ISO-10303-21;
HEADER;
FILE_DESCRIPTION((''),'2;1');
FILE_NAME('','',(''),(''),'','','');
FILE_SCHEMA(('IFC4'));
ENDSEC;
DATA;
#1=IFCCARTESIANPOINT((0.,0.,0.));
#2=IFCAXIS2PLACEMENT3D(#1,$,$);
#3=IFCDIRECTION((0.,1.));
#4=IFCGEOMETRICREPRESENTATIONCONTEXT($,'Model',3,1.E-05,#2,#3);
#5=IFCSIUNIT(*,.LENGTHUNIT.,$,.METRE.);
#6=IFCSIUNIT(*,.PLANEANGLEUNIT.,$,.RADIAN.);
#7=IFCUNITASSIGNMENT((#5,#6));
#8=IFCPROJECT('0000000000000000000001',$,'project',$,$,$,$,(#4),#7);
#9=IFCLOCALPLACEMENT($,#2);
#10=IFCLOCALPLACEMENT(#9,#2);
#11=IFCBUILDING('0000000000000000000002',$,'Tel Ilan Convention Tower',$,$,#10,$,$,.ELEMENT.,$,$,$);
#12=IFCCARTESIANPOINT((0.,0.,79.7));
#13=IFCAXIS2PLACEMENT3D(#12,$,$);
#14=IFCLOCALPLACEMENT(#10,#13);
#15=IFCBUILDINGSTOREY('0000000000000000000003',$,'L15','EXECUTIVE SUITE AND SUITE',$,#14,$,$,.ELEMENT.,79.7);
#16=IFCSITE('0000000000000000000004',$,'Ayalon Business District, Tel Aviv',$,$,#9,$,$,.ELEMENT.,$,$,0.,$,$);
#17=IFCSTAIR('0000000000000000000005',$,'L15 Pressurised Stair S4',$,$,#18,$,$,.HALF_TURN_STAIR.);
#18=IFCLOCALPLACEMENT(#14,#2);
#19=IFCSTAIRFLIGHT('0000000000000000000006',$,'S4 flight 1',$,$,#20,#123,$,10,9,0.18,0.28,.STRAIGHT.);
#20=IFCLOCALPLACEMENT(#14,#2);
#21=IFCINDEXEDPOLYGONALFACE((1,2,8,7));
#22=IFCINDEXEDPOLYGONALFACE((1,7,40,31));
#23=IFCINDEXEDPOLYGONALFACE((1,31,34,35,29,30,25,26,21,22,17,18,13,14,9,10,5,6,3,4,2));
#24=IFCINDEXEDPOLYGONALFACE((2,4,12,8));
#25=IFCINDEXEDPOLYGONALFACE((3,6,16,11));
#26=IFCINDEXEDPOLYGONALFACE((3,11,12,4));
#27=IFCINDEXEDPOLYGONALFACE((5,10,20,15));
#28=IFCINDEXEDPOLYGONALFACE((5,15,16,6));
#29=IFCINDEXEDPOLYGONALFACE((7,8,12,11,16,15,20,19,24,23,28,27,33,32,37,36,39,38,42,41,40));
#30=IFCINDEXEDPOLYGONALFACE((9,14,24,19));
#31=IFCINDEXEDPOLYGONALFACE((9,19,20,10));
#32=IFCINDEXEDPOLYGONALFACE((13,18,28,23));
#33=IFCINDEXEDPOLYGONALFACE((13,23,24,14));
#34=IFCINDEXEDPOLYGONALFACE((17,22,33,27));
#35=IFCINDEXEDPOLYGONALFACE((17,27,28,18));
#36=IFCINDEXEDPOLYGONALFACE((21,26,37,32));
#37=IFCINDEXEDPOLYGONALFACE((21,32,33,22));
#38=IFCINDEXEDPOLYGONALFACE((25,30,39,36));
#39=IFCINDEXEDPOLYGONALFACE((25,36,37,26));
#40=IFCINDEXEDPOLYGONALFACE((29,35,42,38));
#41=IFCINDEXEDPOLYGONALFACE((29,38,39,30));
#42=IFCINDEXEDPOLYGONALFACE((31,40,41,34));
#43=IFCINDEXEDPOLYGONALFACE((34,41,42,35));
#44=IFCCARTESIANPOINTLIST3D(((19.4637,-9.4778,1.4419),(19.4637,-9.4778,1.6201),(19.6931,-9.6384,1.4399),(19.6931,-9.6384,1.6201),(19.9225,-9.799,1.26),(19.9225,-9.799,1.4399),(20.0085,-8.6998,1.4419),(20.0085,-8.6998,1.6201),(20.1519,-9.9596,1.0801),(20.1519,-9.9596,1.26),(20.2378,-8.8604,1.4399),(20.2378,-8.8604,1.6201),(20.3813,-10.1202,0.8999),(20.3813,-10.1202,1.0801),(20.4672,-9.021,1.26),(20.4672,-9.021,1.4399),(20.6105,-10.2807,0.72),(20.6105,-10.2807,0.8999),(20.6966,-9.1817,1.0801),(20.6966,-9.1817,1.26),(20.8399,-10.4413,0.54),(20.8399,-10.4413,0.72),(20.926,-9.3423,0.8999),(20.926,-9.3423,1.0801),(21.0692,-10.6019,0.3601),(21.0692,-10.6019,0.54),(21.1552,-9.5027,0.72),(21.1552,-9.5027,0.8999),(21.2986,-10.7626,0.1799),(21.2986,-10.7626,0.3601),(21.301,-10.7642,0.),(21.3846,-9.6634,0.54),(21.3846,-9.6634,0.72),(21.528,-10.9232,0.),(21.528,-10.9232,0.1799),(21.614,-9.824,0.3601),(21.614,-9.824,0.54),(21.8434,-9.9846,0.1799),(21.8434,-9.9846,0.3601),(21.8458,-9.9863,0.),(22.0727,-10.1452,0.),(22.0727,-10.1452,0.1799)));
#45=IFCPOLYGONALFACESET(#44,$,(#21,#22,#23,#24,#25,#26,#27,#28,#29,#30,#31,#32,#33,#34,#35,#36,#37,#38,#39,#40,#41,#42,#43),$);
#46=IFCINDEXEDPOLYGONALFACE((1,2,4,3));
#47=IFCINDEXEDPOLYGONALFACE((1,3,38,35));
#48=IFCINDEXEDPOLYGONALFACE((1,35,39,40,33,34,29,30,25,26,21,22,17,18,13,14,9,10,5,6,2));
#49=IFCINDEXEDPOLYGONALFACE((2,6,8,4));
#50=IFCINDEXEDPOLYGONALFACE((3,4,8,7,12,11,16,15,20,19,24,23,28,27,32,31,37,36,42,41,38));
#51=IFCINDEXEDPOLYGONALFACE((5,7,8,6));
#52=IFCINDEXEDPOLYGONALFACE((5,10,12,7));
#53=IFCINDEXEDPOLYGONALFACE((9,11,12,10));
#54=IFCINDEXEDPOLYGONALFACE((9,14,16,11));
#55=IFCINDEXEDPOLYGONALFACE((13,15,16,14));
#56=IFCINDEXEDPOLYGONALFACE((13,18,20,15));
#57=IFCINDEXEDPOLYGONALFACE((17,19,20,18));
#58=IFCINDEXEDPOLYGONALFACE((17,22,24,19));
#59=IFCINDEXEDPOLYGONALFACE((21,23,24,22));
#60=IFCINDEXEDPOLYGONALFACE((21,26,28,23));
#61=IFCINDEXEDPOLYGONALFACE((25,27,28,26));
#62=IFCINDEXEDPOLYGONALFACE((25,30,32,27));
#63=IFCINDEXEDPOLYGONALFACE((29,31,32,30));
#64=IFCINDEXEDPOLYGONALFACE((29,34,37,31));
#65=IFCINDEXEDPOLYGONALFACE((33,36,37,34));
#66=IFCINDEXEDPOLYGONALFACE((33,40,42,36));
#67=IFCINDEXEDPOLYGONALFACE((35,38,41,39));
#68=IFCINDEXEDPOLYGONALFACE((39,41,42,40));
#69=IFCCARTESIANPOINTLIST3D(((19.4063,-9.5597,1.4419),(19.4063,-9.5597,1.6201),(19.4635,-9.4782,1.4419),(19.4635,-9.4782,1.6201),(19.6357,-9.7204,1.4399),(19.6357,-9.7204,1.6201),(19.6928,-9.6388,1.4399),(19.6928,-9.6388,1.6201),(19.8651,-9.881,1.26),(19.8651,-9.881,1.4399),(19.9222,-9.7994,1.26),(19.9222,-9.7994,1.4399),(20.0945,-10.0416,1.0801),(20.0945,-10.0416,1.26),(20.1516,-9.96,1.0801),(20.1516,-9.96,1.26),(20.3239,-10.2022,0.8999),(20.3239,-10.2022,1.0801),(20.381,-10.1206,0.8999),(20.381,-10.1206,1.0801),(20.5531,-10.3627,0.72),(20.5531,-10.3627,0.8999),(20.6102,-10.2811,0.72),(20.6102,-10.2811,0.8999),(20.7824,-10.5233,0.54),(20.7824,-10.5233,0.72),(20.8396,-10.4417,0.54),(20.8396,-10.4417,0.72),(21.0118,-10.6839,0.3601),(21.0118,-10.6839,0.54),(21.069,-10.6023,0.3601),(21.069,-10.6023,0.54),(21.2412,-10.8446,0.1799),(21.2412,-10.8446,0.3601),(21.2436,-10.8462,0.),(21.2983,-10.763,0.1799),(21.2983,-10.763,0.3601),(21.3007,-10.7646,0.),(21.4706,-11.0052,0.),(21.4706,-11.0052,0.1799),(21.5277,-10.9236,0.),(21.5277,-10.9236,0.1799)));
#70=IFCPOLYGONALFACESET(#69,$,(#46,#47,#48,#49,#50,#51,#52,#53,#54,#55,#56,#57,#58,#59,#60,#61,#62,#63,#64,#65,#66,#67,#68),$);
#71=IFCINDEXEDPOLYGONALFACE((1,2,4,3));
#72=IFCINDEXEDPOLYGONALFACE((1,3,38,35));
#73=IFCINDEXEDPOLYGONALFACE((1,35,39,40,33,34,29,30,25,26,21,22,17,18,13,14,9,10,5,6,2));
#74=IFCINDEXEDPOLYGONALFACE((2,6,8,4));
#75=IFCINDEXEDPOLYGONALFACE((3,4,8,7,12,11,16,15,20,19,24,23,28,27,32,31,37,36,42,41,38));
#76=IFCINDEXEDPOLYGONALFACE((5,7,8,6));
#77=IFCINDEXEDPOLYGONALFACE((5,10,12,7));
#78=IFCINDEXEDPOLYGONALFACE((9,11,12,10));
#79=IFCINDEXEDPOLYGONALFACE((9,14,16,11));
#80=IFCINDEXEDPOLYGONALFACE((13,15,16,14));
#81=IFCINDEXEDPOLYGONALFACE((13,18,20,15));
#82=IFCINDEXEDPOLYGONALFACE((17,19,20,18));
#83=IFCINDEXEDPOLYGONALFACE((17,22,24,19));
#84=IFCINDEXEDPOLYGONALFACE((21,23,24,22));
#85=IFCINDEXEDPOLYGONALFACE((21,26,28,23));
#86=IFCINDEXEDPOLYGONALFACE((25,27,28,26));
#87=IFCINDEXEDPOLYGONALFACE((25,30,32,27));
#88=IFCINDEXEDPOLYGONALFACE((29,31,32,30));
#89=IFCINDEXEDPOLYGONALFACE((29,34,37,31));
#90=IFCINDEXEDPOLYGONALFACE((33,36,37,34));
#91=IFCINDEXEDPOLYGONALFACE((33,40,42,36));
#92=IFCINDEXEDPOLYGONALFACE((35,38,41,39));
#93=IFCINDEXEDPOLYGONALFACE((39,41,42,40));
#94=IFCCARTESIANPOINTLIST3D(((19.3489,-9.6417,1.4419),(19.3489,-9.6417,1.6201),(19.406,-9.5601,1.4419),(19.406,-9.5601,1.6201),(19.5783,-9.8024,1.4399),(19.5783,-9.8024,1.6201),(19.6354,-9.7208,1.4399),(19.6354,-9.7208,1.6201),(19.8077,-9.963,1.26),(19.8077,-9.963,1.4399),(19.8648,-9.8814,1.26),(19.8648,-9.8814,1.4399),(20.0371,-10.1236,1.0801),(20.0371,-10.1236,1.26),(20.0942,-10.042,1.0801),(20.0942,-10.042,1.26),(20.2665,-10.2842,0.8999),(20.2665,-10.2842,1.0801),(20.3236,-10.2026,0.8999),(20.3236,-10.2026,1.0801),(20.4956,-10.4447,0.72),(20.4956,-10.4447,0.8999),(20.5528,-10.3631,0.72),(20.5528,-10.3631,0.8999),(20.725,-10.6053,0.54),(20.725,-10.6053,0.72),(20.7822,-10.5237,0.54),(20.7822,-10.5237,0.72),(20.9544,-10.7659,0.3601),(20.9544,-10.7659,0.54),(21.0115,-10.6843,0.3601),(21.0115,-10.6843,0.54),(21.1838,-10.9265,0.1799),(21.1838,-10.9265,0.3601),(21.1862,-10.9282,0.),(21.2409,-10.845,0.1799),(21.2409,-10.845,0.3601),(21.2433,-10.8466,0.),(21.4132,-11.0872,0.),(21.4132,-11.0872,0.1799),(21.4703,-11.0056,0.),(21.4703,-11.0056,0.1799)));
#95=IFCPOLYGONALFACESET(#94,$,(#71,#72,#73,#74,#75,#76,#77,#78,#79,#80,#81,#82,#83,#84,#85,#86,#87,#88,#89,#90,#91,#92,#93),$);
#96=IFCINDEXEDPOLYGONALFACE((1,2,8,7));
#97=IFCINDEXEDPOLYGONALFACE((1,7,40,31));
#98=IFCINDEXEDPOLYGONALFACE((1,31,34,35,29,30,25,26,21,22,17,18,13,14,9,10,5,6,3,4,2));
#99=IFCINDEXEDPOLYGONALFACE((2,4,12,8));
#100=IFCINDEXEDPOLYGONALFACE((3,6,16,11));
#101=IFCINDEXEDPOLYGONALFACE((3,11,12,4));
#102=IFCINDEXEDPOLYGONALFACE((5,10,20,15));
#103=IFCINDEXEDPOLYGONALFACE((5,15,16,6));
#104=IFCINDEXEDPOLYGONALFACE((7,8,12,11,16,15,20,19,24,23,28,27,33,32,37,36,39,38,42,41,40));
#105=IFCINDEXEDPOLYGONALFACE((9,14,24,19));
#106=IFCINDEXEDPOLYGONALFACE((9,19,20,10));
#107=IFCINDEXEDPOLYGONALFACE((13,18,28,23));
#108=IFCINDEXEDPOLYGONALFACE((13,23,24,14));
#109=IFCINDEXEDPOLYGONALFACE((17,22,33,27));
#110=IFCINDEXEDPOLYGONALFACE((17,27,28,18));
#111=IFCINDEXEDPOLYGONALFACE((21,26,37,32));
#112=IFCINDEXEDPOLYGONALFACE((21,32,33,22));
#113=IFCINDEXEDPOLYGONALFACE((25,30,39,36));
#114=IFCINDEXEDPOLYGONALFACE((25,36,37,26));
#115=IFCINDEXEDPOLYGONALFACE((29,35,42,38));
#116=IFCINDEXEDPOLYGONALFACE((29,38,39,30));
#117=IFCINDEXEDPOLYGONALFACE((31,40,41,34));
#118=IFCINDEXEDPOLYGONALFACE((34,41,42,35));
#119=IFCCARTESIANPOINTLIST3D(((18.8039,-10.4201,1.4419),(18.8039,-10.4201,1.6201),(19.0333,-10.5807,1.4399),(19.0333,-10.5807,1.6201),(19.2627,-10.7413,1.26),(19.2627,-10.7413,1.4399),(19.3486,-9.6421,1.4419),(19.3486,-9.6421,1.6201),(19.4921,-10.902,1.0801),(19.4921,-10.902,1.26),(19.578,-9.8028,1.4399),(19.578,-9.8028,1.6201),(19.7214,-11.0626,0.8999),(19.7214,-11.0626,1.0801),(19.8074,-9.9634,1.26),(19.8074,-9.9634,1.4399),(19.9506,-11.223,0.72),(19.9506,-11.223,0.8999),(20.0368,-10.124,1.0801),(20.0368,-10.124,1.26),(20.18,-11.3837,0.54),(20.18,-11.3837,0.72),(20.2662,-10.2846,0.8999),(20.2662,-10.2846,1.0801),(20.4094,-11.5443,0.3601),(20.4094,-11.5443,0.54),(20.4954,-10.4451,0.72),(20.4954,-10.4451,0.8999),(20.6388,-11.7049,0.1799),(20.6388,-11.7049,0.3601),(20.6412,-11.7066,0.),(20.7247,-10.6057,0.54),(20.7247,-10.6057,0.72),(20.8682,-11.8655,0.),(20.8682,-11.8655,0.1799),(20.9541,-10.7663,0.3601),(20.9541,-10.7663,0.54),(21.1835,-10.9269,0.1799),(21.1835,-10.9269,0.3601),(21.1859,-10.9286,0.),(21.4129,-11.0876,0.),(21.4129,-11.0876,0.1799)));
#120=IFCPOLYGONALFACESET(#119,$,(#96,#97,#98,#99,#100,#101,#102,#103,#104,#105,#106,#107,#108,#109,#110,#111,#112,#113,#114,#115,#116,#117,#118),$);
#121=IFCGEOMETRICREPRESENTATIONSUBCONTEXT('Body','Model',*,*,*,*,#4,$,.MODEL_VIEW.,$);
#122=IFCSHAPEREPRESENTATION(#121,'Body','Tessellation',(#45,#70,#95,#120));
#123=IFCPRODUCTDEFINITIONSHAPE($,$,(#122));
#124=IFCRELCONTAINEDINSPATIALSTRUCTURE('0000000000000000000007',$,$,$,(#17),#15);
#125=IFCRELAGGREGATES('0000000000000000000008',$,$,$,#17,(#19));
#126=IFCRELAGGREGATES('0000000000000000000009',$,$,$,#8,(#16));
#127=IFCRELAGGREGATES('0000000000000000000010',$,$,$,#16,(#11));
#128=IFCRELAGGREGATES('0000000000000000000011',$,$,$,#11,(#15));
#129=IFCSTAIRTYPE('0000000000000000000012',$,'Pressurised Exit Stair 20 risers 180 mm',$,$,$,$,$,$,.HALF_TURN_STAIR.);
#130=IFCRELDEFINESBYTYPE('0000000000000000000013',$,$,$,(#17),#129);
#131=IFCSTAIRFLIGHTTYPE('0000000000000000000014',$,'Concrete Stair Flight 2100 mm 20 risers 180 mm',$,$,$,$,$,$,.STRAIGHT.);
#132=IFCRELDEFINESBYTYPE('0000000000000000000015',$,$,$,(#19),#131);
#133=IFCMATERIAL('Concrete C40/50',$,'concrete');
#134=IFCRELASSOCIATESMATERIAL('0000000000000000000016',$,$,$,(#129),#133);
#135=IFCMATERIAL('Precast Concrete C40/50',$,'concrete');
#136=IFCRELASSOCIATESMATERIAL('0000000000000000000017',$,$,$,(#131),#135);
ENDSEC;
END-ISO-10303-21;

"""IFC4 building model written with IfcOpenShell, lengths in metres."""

from ifc_helpers import new_model, si_unit, direction, frame, origin, place, context, subcontext, project, spatial, polyline, outline, extrude, material, type_object, element, aggregate, save


model = new_model("IFC4")

# Units and contexts
model_context = context("Model", 3, precision=1e-05, world=origin(), true_north=direction((0.0, 1.0)))
body_context = subcontext(model_context, "Body", "Model", "MODEL_VIEW")
ifc_project = project(units=[si_unit("LENGTHUNIT", "METRE"), si_unit("PLANEANGLEUNIT", "RADIAN")], contexts=[model_context])

# Site, building, storey
site_placement = place(None, origin())
site = spatial("IfcSite", under=ifc_project, at=site_placement, Name="Ayalon Business District, Tel Aviv", CompositionType="ELEMENT", RefElevation=0.0)
building_placement = place(site_placement, origin())
building = spatial("IfcBuilding", under=site, at=building_placement, Name="Tel Ilan Convention Tower", CompositionType="ELEMENT")
storey_placement = place(building_placement, frame((0.0, 0.0, 79.7)))
storey = spatial("IfcBuildingStorey", under=building, at=storey_placement, Name="L15", Description="EXECUTIVE SUITE AND SUITE", CompositionType="ELEMENT", Elevation=79.7)

# Shared definitions
ifc_material_1 = material(Name="Concrete C40/50", Category="concrete")
stair_type = type_object("IfcStairType", Name="Pressurised Exit Stair 20 risers 180 mm", PredefinedType="HALF_TURN_STAIR", material=ifc_material_1)
ifc_material_2 = material(Name="Precast Concrete C40/50", Category="concrete")
stair_flight_type = type_object("IfcStairFlightType", Name="Concrete Stair Flight 2100 mm 20 risers 180 mm", PredefinedType="STRAIGHT", material=ifc_material_2)

# Stair, stair flight
stair_1_placement = place(storey_placement, origin())
stair_1 = element("IfcStair", 1, at=stair_1_placement, inside=storey, type_object=stair_type, Name="L15 Pressurised Stair S4", PredefinedType="HALF_TURN_STAIR")
stair_flight_1_placement = place(storey_placement, frame((21.4705, -11.0054, 0.0), z_axis=(0.0, 0.0, 1.0), x_axis=(-0.819152, 0.573576, 0.0)))
stair_flight_1 = element("IfcStairFlight", 2, at=stair_flight_1_placement, type_object=stair_flight_type, Name="S4 flight 1", NumberOfRisers=10, NumberOfTreads=9, PredefinedType="STRAIGHT", RiserHeight=0.18, TreadLength=0.28, context=body_context, shape_type="SweptSolid", body=[
    extrude(outline(polyline([(0.0, 0.0), (0.0, 0.1799), (0.28, 0.1799), (0.28, 0.3601), (0.5601, 0.3601), (0.5601, 0.54), (0.8401, 0.54), (0.8401, 0.72), (1.1201, 0.72), (1.1201, 0.8999), (1.3999, 0.8999), (1.3999, 1.0801), (1.6799, 1.0801), (1.6799, 1.26), (1.96, 1.26), (1.96, 1.4399), (2.24, 1.4399), (2.24, 1.6201), (2.52, 1.6201), (2.52, 1.8), (2.52, 1.4419), (0.2771, 0.0), (0.0, 0.0)])), frame((0.0, -0.1003, 0.0), z_axis=(0.0, -1.0, 0.0), x_axis=(1.0, 0.0, 0.0)), (0.0, 0.0, 1.0), 0.9497),
    extrude(outline(polyline([(0.0, 0.0), (0.0, 0.1799), (0.28, 0.1799), (0.28, 0.3601), (0.5601, 0.3601), (0.5601, 0.54), (0.8401, 0.54), (0.8401, 0.72), (1.1201, 0.72), (1.1201, 0.8999), (1.3999, 0.8999), (1.3999, 1.0801), (1.6799, 1.0801), (1.6799, 1.26), (1.96, 1.26), (1.96, 1.4399), (2.24, 1.4399), (2.24, 1.6201), (2.52, 1.6201), (2.52, 1.8), (2.52, 1.4419), (0.2771, 0.0), (0.0, 0.0)])), frame((0.0, -0.0002, 0.0), z_axis=(0.0, -1.0, 0.0), x_axis=(1.0, 0.0, 0.0)), (0.0, 0.0, 1.0), 0.0996),
    extrude(outline(polyline([(0.0, 0.0), (0.0, 0.1799), (0.28, 0.1799), (0.28, 0.3601), (0.5601, 0.3601), (0.5601, 0.54), (0.8401, 0.54), (0.8401, 0.72), (1.1201, 0.72), (1.1201, 0.8999), (1.3999, 0.8999), (1.3999, 1.0801), (1.6799, 1.0801), (1.6799, 1.26), (1.96, 1.26), (1.96, 1.4399), (2.24, 1.4399), (2.24, 1.6201), (2.52, 1.6201), (2.52, 1.8), (2.52, 1.4419), (0.2771, 0.0), (0.0, 0.0)])), frame((0.0, 0.0999, 0.0), z_axis=(0.0, -1.0, 0.0), x_axis=(1.0, 0.0, 0.0)), (0.0, 0.0, 1.0), 0.0996),
    extrude(outline(polyline([(0.0, 0.0), (0.0, 0.1799), (0.28, 0.1799), (0.28, 0.3601), (0.5601, 0.3601), (0.5601, 0.54), (0.8401, 0.54), (0.8401, 0.72), (1.1201, 0.72), (1.1201, 0.8999), (1.3999, 0.8999), (1.3999, 1.0801), (1.6799, 1.0801), (1.6799, 1.26), (1.96, 1.26), (1.96, 1.4399), (2.24, 1.4399), (2.24, 1.6201), (2.52, 1.6201), (2.52, 1.8), (2.52, 1.4419), (0.2771, 0.0), (0.0, 0.0)])), frame((0.0, 1.05, 0.0), z_axis=(0.0, -1.0, 0.0), x_axis=(1.0, 0.0, 0.0)), (0.0, 0.0, 1.0), 0.9497),
])
aggregate(stair_1, [stair_flight_1])

save(model, "model.ifc")
